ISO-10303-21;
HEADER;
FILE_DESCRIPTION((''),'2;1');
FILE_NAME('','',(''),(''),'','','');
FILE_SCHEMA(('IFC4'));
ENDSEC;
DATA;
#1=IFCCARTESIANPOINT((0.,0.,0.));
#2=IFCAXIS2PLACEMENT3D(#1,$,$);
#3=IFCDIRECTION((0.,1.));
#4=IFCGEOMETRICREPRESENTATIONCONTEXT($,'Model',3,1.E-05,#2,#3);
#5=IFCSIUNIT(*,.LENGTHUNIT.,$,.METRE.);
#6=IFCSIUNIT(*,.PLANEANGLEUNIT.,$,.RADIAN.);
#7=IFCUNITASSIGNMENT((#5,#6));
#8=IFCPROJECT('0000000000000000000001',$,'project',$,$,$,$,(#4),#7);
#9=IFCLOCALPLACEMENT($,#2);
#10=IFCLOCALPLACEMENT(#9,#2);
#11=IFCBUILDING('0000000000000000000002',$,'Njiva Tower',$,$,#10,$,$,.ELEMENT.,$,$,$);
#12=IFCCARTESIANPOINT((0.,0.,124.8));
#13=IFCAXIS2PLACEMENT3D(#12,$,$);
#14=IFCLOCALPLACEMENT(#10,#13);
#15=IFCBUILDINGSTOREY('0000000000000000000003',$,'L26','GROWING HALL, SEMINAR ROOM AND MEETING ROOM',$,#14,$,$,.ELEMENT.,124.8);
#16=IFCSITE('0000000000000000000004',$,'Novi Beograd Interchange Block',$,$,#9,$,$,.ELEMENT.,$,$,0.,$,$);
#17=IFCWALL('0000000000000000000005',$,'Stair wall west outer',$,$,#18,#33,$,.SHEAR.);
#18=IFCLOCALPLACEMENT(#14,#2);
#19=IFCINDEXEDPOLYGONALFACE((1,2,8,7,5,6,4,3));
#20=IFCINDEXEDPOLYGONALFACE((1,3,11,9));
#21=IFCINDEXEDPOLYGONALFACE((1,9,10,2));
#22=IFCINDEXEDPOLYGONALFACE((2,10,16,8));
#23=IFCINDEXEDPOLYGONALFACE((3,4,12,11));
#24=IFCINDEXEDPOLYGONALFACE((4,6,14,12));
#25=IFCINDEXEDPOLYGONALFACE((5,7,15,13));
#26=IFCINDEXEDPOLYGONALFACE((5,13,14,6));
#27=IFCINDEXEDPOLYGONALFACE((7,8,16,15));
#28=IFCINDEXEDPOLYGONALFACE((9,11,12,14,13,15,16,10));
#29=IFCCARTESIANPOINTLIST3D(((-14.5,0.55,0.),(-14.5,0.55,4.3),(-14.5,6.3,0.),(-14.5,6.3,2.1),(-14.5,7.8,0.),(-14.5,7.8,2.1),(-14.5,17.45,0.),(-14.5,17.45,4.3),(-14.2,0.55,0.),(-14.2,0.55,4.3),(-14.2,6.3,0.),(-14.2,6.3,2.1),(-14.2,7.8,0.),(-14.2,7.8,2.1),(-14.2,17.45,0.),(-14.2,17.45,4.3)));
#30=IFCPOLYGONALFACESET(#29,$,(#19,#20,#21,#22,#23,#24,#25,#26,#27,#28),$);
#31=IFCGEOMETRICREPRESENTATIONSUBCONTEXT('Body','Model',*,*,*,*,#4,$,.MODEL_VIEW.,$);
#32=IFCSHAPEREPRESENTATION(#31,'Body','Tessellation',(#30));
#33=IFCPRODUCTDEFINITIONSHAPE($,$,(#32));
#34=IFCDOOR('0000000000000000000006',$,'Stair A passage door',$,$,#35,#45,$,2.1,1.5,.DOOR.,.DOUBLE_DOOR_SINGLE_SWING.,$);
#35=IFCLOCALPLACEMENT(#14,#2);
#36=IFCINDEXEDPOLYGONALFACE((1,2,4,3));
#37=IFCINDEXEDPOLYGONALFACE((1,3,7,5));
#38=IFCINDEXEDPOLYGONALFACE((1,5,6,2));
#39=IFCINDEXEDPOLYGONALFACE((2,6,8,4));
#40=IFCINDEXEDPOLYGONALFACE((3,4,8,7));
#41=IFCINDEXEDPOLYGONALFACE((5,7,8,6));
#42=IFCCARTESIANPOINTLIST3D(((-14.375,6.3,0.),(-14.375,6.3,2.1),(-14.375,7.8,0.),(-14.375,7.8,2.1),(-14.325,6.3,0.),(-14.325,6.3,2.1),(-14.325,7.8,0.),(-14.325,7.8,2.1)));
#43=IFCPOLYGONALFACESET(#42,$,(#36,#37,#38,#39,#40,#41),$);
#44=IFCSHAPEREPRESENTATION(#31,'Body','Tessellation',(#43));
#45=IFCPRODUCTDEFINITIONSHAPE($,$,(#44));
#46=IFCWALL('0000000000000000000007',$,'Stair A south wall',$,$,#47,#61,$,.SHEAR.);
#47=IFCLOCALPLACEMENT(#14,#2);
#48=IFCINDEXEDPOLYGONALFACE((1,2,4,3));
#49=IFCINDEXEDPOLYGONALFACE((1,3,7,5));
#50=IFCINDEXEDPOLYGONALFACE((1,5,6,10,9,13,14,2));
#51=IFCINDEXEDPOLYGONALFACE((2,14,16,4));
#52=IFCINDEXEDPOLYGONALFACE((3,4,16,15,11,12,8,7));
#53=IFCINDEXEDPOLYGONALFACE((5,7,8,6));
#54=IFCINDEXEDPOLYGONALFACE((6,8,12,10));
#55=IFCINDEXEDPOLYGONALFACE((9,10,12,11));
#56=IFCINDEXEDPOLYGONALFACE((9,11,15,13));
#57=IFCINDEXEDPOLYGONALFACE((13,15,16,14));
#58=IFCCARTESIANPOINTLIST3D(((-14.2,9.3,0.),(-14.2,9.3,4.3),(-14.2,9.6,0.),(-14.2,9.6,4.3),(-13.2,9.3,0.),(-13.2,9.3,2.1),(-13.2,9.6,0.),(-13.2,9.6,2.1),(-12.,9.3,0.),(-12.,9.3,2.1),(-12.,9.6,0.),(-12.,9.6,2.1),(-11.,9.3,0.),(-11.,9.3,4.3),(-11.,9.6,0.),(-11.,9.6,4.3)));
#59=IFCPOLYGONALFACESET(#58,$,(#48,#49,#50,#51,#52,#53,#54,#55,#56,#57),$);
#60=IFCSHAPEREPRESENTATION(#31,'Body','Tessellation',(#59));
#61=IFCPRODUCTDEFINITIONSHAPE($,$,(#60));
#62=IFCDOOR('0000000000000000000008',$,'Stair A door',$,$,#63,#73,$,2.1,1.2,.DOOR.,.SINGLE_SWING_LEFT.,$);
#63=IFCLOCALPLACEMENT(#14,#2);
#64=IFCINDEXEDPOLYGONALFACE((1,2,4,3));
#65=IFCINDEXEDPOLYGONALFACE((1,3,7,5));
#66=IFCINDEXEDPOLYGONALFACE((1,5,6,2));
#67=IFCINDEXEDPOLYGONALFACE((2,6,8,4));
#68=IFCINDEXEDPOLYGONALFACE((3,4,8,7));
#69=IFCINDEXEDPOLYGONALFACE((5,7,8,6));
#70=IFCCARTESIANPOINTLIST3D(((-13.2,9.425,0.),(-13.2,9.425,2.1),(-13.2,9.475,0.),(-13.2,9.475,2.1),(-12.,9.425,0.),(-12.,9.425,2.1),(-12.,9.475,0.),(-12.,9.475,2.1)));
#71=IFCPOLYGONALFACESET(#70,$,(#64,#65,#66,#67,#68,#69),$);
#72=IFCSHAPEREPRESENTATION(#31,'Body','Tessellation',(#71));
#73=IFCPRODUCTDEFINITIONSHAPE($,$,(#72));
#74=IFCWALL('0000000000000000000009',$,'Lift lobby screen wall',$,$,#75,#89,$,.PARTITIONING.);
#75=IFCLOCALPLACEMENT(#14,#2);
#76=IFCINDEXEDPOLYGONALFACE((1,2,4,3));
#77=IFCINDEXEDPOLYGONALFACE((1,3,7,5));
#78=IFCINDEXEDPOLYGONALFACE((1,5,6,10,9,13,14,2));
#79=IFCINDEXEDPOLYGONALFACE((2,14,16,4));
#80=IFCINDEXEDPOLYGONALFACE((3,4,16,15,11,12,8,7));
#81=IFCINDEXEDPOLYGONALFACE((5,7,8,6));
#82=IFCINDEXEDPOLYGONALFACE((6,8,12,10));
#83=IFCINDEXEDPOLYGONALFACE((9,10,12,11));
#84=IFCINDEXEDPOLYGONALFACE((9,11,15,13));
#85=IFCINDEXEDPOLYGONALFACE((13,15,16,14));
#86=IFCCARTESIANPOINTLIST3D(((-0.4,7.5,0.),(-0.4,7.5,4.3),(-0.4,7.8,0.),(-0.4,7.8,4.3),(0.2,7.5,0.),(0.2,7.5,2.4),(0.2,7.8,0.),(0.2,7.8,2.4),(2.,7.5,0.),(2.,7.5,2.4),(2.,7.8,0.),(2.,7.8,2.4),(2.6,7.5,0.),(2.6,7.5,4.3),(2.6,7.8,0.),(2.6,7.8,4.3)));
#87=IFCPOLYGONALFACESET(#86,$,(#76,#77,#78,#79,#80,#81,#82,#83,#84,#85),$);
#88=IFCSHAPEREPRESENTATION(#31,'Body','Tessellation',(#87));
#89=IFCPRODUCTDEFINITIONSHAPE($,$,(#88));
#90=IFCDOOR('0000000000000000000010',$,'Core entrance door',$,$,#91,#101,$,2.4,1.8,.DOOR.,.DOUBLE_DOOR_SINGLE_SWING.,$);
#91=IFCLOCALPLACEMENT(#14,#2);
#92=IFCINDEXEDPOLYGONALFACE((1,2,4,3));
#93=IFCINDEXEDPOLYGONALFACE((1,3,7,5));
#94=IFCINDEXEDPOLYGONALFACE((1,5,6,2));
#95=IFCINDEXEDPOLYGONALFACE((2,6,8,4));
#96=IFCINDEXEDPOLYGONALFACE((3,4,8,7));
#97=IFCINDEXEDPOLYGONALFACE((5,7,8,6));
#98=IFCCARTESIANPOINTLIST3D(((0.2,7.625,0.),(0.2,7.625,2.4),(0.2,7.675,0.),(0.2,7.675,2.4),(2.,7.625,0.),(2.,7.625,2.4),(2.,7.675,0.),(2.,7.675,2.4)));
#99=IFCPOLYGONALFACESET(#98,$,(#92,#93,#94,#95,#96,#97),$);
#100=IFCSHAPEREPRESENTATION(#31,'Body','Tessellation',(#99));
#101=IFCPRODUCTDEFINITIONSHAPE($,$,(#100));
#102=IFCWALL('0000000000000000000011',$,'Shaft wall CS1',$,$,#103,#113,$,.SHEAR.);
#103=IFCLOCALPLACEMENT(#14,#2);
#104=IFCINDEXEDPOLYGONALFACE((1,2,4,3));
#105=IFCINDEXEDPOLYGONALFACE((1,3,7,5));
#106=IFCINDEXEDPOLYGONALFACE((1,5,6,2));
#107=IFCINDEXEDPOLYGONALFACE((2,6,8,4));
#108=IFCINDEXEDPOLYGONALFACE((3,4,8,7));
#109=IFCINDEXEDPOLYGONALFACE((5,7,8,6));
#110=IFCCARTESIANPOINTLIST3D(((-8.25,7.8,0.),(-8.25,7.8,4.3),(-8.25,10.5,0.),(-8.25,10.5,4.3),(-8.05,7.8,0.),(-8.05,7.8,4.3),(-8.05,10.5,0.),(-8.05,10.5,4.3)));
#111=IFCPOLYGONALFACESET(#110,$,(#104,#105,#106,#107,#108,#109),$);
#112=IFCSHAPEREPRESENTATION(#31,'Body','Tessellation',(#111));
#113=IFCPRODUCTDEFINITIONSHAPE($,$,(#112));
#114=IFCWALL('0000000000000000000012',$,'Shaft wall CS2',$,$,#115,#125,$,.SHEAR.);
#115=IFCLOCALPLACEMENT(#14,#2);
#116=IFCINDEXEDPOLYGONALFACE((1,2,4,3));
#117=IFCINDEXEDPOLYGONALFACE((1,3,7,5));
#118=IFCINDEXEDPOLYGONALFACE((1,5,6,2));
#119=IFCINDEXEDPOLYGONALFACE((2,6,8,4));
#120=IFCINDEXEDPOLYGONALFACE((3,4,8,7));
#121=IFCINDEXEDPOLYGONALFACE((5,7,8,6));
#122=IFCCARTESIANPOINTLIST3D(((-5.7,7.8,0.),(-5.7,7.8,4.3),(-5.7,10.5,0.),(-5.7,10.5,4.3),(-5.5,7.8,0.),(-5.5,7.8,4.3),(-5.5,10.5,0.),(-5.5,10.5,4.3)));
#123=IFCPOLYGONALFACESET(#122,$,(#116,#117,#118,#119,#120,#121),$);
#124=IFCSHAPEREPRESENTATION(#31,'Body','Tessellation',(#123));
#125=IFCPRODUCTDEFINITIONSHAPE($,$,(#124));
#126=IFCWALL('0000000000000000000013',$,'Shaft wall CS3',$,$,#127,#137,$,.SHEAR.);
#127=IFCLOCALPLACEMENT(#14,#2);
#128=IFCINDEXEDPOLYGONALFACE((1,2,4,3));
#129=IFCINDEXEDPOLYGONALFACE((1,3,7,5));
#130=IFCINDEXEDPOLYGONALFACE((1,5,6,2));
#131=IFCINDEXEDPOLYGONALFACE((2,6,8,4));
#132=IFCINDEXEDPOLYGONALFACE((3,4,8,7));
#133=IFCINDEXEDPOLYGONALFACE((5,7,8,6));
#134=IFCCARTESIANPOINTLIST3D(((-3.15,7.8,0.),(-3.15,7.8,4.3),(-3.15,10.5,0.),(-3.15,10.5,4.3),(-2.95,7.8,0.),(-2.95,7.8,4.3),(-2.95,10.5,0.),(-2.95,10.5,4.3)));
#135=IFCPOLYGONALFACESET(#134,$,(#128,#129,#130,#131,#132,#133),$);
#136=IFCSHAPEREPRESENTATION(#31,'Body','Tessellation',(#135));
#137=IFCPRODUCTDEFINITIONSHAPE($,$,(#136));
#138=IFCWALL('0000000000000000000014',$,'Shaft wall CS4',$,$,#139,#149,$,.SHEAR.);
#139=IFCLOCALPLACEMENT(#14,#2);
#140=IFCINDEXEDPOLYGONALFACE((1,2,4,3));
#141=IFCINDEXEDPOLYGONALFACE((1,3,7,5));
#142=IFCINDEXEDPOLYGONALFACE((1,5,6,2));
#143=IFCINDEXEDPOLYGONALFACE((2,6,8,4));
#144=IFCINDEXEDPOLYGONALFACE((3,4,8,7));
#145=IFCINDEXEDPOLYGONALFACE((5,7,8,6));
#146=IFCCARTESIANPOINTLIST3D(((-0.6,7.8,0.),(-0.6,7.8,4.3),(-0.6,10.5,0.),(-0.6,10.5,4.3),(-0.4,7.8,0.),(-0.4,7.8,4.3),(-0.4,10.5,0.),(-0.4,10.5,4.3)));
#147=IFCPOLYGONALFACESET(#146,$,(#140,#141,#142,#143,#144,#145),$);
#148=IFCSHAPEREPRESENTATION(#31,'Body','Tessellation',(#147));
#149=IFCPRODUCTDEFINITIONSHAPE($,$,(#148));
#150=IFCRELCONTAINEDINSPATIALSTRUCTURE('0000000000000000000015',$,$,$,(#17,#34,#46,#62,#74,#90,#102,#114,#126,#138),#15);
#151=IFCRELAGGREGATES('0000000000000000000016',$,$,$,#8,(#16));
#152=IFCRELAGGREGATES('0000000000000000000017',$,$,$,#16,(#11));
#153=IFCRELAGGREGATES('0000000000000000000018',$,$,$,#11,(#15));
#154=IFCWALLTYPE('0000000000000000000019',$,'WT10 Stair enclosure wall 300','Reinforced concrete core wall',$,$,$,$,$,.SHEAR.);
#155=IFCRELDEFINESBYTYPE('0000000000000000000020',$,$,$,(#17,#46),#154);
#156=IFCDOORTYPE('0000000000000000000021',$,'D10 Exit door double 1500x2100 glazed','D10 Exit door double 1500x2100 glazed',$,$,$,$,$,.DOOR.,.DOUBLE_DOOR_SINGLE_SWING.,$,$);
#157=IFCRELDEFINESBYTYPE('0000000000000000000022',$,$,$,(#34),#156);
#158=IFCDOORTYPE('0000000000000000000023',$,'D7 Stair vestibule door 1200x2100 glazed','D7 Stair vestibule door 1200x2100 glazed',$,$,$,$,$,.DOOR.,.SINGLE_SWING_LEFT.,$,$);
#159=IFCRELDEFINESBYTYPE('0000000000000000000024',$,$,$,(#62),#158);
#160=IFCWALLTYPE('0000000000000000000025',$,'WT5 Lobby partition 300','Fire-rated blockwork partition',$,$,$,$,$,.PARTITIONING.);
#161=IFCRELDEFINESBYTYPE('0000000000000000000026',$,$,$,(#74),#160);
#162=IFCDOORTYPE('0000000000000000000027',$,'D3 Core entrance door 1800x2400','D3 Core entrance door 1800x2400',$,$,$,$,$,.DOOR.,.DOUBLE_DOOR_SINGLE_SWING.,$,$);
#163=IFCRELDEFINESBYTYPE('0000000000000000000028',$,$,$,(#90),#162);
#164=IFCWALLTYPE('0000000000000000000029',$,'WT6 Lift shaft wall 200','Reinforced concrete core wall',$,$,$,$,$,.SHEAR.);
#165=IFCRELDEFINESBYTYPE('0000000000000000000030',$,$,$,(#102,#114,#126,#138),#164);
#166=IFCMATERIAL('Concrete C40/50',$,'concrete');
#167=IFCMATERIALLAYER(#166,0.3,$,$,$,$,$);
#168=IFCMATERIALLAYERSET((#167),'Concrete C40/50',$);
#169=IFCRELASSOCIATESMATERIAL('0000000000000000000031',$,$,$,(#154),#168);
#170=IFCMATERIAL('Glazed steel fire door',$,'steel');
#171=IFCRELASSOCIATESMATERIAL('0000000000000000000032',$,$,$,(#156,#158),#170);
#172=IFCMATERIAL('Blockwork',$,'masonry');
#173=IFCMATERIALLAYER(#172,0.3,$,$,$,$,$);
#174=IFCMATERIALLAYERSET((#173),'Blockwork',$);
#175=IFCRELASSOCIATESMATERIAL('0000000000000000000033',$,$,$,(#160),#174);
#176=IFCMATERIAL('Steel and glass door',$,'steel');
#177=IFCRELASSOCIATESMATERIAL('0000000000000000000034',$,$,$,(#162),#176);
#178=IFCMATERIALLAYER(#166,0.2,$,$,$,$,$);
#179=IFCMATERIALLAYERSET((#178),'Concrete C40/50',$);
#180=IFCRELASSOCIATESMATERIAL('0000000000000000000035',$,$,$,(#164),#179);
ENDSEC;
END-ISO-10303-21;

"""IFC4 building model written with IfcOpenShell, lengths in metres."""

from ifc_helpers import new_model, si_unit, direction, frame, frame_2d, origin, place, context, subcontext, project, spatial, rectangle, extrude, material, layer, layer_set, type_object, element, fill, save


model = new_model("IFC4")

# Units and contexts
model_context = context("Model", 3, precision=1e-05, world=origin(), true_north=direction((0.0, 1.0)))
body_context = subcontext(model_context, "Body", "Model", "MODEL_VIEW")
ifc_project = project(units=[si_unit("LENGTHUNIT", "METRE"), si_unit("PLANEANGLEUNIT", "RADIAN")], contexts=[model_context])

# Site, building, storey
site_placement = place(None, origin())
site = spatial("IfcSite", under=ifc_project, at=site_placement, Name="Novi Beograd Interchange Block", CompositionType="ELEMENT", RefElevation=0.0)
building_placement = place(site_placement, origin())
building = spatial("IfcBuilding", under=site, at=building_placement, Name="Njiva Tower", CompositionType="ELEMENT")
storey_placement = place(building_placement, frame((0.0, 0.0, 124.8)))
storey = spatial("IfcBuildingStorey", under=building, at=storey_placement, Name="L26", Description="GROWING HALL, SEMINAR ROOM AND MEETING ROOM", CompositionType="ELEMENT", Elevation=124.8)

# Shared definitions
ifc_material_1 = material(Name="Concrete C40/50", Category="concrete")

# Shared definitions
ifc_material_2 = material(Name="Blockwork", Category="masonry")

# Shared definitions
ifc_layer_1 = layer(ifc_material_1, 0.3)
ifc_layer_set_1 = layer_set([ifc_layer_1], Name="Concrete C40/50")
wall_type_1 = type_object("IfcWallType", Name="WT10 Stair enclosure wall 300", Description="Reinforced concrete core wall", PredefinedType="SHEAR", material=ifc_layer_set_1)
ifc_material_3 = material(Name="Glazed steel fire door", Category="steel")

# Walls, openings, doors
wall_1_placement = place(storey_placement, frame((-14.35, 0.55, 0.0), z_axis=(0.0, 0.0, 1.0), x_axis=(0.0, 1.0, 0.0)))
wall_1 = element("IfcWall", 1, at=wall_1_placement, inside=storey, type_object=wall_type_1, Name="Stair wall west outer", PredefinedType="SHEAR", context=body_context, shape_type="SweptSolid", body=[
    extrude(rectangle(XDim=16.9, YDim=0.3, at=frame_2d((8.45, 0.0))), origin(), (0.0, 0.0, 1.0), 4.3),
])
opening_1_placement = place(wall_1_placement, frame((5.75, 0.0, 0.0)))
opening_1 = element("IfcOpeningElement", 2, at=opening_1_placement, cuts=wall_1, PredefinedType="OPENING", context=body_context, shape_type="SweptSolid", body=[
    extrude(rectangle(XDim=1.5, YDim=2.1, at=frame_2d((0.75, 1.05))), frame((0.0, 0.16, 0.0), z_axis=(0.0, -1.0, 0.0), x_axis=(1.0, 0.0, 0.0)), (0.0, 0.0, 1.0), 0.32),
])
door_type_1 = type_object("IfcDoorType", Name="D10 Exit door double 1500x2100 glazed", Description="D10 Exit door double 1500x2100 glazed", OperationType="DOUBLE_DOOR_SINGLE_SWING", PredefinedType="DOOR", material=ifc_material_3)
door_1_placement = place(opening_1_placement, origin())
door_1 = element("IfcDoor", 3, at=door_1_placement, inside=storey, type_object=door_type_1, Name="Stair A passage door", OperationType="DOUBLE_DOOR_SINGLE_SWING", OverallHeight=2.1, OverallWidth=1.5, PredefinedType="DOOR", context=body_context, shape_type="SweptSolid", body=[
    extrude(rectangle(XDim=1.5, YDim=2.1, at=frame_2d((0.75, 1.05))), frame((0.0, 0.025, 0.0), z_axis=(0.0, -1.0, 0.0), x_axis=(1.0, 0.0, 0.0)), (0.0, 0.0, 1.0), 0.05),
])
fill(opening_1, door_1)
wall_2_placement = place(storey_placement, frame((-14.2, 9.45, 0.0), z_axis=(0.0, 0.0, 1.0), x_axis=(1.0, 0.0, 0.0)))
wall_2 = element("IfcWall", 4, at=wall_2_placement, inside=storey, type_object=wall_type_1, Name="Stair A south wall", PredefinedType="SHEAR", context=body_context, shape_type="SweptSolid", body=[
    extrude(rectangle(XDim=3.2, YDim=0.3, at=frame_2d((1.6, 0.0))), origin(), (0.0, 0.0, 1.0), 4.3),
])
opening_2_placement = place(wall_2_placement, frame((1.0, 0.0, 0.0)))
opening_2 = element("IfcOpeningElement", 5, at=opening_2_placement, cuts=wall_2, PredefinedType="OPENING", context=body_context, shape_type="SweptSolid", body=[
    extrude(rectangle(XDim=1.2, YDim=2.1, at=frame_2d((0.6, 1.05))), frame((0.0, 0.16, 0.0), z_axis=(0.0, -1.0, 0.0), x_axis=(1.0, 0.0, 0.0)), (0.0, 0.0, 1.0), 0.32),
])
door_type_2 = type_object("IfcDoorType", Name="D7 Stair vestibule door 1200x2100 glazed", Description="D7 Stair vestibule door 1200x2100 glazed", OperationType="SINGLE_SWING_LEFT", PredefinedType="DOOR", material=ifc_material_3)
door_2_placement = place(opening_2_placement, origin())
door_2 = element("IfcDoor", 6, at=door_2_placement, inside=storey, type_object=door_type_2, Name="Stair A door", OperationType="SINGLE_SWING_LEFT", OverallHeight=2.1, OverallWidth=1.2, PredefinedType="DOOR", context=body_context, shape_type="SweptSolid", body=[
    extrude(rectangle(XDim=1.2, YDim=2.1, at=frame_2d((0.6, 1.05))), frame((0.0, 0.025, 0.0), z_axis=(0.0, -1.0, 0.0), x_axis=(1.0, 0.0, 0.0)), (0.0, 0.0, 1.0), 0.05),
])
fill(opening_2, door_2)
ifc_layer_2 = layer(ifc_material_2, 0.3)
ifc_layer_set_2 = layer_set([ifc_layer_2], Name="Blockwork")
wall_type_2 = type_object("IfcWallType", Name="WT5 Lobby partition 300", Description="Fire-rated blockwork partition", PredefinedType="PARTITIONING", material=ifc_layer_set_2)
wall_3_placement = place(storey_placement, frame((-0.4, 7.65, 0.0), z_axis=(0.0, 0.0, 1.0), x_axis=(1.0, 0.0, 0.0)))
wall_3 = element("IfcWall", 7, at=wall_3_placement, inside=storey, type_object=wall_type_2, Name="Lift lobby screen wall", PredefinedType="PARTITIONING", context=body_context, shape_type="SweptSolid", body=[
    extrude(rectangle(XDim=3.0, YDim=0.3, at=frame_2d((1.5, 0.0))), origin(), (0.0, 0.0, 1.0), 4.3),
])
opening_3_placement = place(wall_3_placement, frame((0.6, 0.0, 0.0)))
opening_3 = element("IfcOpeningElement", 8, at=opening_3_placement, cuts=wall_3, PredefinedType="OPENING", context=body_context, shape_type="SweptSolid", body=[
    extrude(rectangle(XDim=1.8, YDim=2.4, at=frame_2d((0.9, 1.2))), frame((0.0, 0.16, 0.0), z_axis=(0.0, -1.0, 0.0), x_axis=(1.0, 0.0, 0.0)), (0.0, 0.0, 1.0), 0.32),
])
ifc_material_4 = material(Name="Steel and glass door", Category="steel")
door_type_3 = type_object("IfcDoorType", Name="D3 Core entrance door 1800x2400", Description="D3 Core entrance door 1800x2400", OperationType="DOUBLE_DOOR_SINGLE_SWING", PredefinedType="DOOR", material=ifc_material_4)
door_3_placement = place(opening_3_placement, origin())
door_3 = element("IfcDoor", 9, at=door_3_placement, inside=storey, type_object=door_type_3, Name="Core entrance door", OperationType="DOUBLE_DOOR_SINGLE_SWING", OverallHeight=2.4, OverallWidth=1.8, PredefinedType="DOOR", context=body_context, shape_type="SweptSolid", body=[
    extrude(rectangle(XDim=1.8, YDim=2.4, at=frame_2d((0.9, 1.2))), frame((0.0, 0.025, 0.0), z_axis=(0.0, -1.0, 0.0), x_axis=(1.0, 0.0, 0.0)), (0.0, 0.0, 1.0), 0.05),
])
fill(opening_3, door_3)

# Walls
ifc_layer_3 = layer(ifc_material_1, 0.2)
ifc_layer_set_3 = layer_set([ifc_layer_3], Name="Concrete C40/50")
wall_type_3 = type_object("IfcWallType", Name="WT6 Lift shaft wall 200", Description="Reinforced concrete core wall", PredefinedType="SHEAR", material=ifc_layer_set_3)
for number, where, z_axis, x_axis, name in (
    (10, (-8.15, 7.8, 0.0), (0.0, 0.0, 1.0), (0.0, 1.0, 0.0), "Shaft wall CS1"),
    (11, (-5.6, 7.8, 0.0), (0.0, 0.0, 1.0), (0.0, 1.0, 0.0), "Shaft wall CS2"),
    (12, (-3.05, 7.8, 0.0), (0.0, 0.0, 1.0), (0.0, 1.0, 0.0), "Shaft wall CS3"),
    (13, (-0.5, 7.8, 0.0), (0.0, 0.0, 1.0), (0.0, 1.0, 0.0), "Shaft wall CS4"),
):
    element("IfcWall", number, at=place(storey_placement, frame(where, z_axis=z_axis, x_axis=x_axis)), inside=storey, type_object=wall_type_3, Name=name, PredefinedType="SHEAR", context=body_context, shape_type="SweptSolid", body=[
        extrude(rectangle(XDim=2.7, YDim=0.2, at=frame_2d((1.35, 0.0))), origin(), (0.0, 0.0, 1.0), 4.3),
    ])

save(model, "model.ifc")
